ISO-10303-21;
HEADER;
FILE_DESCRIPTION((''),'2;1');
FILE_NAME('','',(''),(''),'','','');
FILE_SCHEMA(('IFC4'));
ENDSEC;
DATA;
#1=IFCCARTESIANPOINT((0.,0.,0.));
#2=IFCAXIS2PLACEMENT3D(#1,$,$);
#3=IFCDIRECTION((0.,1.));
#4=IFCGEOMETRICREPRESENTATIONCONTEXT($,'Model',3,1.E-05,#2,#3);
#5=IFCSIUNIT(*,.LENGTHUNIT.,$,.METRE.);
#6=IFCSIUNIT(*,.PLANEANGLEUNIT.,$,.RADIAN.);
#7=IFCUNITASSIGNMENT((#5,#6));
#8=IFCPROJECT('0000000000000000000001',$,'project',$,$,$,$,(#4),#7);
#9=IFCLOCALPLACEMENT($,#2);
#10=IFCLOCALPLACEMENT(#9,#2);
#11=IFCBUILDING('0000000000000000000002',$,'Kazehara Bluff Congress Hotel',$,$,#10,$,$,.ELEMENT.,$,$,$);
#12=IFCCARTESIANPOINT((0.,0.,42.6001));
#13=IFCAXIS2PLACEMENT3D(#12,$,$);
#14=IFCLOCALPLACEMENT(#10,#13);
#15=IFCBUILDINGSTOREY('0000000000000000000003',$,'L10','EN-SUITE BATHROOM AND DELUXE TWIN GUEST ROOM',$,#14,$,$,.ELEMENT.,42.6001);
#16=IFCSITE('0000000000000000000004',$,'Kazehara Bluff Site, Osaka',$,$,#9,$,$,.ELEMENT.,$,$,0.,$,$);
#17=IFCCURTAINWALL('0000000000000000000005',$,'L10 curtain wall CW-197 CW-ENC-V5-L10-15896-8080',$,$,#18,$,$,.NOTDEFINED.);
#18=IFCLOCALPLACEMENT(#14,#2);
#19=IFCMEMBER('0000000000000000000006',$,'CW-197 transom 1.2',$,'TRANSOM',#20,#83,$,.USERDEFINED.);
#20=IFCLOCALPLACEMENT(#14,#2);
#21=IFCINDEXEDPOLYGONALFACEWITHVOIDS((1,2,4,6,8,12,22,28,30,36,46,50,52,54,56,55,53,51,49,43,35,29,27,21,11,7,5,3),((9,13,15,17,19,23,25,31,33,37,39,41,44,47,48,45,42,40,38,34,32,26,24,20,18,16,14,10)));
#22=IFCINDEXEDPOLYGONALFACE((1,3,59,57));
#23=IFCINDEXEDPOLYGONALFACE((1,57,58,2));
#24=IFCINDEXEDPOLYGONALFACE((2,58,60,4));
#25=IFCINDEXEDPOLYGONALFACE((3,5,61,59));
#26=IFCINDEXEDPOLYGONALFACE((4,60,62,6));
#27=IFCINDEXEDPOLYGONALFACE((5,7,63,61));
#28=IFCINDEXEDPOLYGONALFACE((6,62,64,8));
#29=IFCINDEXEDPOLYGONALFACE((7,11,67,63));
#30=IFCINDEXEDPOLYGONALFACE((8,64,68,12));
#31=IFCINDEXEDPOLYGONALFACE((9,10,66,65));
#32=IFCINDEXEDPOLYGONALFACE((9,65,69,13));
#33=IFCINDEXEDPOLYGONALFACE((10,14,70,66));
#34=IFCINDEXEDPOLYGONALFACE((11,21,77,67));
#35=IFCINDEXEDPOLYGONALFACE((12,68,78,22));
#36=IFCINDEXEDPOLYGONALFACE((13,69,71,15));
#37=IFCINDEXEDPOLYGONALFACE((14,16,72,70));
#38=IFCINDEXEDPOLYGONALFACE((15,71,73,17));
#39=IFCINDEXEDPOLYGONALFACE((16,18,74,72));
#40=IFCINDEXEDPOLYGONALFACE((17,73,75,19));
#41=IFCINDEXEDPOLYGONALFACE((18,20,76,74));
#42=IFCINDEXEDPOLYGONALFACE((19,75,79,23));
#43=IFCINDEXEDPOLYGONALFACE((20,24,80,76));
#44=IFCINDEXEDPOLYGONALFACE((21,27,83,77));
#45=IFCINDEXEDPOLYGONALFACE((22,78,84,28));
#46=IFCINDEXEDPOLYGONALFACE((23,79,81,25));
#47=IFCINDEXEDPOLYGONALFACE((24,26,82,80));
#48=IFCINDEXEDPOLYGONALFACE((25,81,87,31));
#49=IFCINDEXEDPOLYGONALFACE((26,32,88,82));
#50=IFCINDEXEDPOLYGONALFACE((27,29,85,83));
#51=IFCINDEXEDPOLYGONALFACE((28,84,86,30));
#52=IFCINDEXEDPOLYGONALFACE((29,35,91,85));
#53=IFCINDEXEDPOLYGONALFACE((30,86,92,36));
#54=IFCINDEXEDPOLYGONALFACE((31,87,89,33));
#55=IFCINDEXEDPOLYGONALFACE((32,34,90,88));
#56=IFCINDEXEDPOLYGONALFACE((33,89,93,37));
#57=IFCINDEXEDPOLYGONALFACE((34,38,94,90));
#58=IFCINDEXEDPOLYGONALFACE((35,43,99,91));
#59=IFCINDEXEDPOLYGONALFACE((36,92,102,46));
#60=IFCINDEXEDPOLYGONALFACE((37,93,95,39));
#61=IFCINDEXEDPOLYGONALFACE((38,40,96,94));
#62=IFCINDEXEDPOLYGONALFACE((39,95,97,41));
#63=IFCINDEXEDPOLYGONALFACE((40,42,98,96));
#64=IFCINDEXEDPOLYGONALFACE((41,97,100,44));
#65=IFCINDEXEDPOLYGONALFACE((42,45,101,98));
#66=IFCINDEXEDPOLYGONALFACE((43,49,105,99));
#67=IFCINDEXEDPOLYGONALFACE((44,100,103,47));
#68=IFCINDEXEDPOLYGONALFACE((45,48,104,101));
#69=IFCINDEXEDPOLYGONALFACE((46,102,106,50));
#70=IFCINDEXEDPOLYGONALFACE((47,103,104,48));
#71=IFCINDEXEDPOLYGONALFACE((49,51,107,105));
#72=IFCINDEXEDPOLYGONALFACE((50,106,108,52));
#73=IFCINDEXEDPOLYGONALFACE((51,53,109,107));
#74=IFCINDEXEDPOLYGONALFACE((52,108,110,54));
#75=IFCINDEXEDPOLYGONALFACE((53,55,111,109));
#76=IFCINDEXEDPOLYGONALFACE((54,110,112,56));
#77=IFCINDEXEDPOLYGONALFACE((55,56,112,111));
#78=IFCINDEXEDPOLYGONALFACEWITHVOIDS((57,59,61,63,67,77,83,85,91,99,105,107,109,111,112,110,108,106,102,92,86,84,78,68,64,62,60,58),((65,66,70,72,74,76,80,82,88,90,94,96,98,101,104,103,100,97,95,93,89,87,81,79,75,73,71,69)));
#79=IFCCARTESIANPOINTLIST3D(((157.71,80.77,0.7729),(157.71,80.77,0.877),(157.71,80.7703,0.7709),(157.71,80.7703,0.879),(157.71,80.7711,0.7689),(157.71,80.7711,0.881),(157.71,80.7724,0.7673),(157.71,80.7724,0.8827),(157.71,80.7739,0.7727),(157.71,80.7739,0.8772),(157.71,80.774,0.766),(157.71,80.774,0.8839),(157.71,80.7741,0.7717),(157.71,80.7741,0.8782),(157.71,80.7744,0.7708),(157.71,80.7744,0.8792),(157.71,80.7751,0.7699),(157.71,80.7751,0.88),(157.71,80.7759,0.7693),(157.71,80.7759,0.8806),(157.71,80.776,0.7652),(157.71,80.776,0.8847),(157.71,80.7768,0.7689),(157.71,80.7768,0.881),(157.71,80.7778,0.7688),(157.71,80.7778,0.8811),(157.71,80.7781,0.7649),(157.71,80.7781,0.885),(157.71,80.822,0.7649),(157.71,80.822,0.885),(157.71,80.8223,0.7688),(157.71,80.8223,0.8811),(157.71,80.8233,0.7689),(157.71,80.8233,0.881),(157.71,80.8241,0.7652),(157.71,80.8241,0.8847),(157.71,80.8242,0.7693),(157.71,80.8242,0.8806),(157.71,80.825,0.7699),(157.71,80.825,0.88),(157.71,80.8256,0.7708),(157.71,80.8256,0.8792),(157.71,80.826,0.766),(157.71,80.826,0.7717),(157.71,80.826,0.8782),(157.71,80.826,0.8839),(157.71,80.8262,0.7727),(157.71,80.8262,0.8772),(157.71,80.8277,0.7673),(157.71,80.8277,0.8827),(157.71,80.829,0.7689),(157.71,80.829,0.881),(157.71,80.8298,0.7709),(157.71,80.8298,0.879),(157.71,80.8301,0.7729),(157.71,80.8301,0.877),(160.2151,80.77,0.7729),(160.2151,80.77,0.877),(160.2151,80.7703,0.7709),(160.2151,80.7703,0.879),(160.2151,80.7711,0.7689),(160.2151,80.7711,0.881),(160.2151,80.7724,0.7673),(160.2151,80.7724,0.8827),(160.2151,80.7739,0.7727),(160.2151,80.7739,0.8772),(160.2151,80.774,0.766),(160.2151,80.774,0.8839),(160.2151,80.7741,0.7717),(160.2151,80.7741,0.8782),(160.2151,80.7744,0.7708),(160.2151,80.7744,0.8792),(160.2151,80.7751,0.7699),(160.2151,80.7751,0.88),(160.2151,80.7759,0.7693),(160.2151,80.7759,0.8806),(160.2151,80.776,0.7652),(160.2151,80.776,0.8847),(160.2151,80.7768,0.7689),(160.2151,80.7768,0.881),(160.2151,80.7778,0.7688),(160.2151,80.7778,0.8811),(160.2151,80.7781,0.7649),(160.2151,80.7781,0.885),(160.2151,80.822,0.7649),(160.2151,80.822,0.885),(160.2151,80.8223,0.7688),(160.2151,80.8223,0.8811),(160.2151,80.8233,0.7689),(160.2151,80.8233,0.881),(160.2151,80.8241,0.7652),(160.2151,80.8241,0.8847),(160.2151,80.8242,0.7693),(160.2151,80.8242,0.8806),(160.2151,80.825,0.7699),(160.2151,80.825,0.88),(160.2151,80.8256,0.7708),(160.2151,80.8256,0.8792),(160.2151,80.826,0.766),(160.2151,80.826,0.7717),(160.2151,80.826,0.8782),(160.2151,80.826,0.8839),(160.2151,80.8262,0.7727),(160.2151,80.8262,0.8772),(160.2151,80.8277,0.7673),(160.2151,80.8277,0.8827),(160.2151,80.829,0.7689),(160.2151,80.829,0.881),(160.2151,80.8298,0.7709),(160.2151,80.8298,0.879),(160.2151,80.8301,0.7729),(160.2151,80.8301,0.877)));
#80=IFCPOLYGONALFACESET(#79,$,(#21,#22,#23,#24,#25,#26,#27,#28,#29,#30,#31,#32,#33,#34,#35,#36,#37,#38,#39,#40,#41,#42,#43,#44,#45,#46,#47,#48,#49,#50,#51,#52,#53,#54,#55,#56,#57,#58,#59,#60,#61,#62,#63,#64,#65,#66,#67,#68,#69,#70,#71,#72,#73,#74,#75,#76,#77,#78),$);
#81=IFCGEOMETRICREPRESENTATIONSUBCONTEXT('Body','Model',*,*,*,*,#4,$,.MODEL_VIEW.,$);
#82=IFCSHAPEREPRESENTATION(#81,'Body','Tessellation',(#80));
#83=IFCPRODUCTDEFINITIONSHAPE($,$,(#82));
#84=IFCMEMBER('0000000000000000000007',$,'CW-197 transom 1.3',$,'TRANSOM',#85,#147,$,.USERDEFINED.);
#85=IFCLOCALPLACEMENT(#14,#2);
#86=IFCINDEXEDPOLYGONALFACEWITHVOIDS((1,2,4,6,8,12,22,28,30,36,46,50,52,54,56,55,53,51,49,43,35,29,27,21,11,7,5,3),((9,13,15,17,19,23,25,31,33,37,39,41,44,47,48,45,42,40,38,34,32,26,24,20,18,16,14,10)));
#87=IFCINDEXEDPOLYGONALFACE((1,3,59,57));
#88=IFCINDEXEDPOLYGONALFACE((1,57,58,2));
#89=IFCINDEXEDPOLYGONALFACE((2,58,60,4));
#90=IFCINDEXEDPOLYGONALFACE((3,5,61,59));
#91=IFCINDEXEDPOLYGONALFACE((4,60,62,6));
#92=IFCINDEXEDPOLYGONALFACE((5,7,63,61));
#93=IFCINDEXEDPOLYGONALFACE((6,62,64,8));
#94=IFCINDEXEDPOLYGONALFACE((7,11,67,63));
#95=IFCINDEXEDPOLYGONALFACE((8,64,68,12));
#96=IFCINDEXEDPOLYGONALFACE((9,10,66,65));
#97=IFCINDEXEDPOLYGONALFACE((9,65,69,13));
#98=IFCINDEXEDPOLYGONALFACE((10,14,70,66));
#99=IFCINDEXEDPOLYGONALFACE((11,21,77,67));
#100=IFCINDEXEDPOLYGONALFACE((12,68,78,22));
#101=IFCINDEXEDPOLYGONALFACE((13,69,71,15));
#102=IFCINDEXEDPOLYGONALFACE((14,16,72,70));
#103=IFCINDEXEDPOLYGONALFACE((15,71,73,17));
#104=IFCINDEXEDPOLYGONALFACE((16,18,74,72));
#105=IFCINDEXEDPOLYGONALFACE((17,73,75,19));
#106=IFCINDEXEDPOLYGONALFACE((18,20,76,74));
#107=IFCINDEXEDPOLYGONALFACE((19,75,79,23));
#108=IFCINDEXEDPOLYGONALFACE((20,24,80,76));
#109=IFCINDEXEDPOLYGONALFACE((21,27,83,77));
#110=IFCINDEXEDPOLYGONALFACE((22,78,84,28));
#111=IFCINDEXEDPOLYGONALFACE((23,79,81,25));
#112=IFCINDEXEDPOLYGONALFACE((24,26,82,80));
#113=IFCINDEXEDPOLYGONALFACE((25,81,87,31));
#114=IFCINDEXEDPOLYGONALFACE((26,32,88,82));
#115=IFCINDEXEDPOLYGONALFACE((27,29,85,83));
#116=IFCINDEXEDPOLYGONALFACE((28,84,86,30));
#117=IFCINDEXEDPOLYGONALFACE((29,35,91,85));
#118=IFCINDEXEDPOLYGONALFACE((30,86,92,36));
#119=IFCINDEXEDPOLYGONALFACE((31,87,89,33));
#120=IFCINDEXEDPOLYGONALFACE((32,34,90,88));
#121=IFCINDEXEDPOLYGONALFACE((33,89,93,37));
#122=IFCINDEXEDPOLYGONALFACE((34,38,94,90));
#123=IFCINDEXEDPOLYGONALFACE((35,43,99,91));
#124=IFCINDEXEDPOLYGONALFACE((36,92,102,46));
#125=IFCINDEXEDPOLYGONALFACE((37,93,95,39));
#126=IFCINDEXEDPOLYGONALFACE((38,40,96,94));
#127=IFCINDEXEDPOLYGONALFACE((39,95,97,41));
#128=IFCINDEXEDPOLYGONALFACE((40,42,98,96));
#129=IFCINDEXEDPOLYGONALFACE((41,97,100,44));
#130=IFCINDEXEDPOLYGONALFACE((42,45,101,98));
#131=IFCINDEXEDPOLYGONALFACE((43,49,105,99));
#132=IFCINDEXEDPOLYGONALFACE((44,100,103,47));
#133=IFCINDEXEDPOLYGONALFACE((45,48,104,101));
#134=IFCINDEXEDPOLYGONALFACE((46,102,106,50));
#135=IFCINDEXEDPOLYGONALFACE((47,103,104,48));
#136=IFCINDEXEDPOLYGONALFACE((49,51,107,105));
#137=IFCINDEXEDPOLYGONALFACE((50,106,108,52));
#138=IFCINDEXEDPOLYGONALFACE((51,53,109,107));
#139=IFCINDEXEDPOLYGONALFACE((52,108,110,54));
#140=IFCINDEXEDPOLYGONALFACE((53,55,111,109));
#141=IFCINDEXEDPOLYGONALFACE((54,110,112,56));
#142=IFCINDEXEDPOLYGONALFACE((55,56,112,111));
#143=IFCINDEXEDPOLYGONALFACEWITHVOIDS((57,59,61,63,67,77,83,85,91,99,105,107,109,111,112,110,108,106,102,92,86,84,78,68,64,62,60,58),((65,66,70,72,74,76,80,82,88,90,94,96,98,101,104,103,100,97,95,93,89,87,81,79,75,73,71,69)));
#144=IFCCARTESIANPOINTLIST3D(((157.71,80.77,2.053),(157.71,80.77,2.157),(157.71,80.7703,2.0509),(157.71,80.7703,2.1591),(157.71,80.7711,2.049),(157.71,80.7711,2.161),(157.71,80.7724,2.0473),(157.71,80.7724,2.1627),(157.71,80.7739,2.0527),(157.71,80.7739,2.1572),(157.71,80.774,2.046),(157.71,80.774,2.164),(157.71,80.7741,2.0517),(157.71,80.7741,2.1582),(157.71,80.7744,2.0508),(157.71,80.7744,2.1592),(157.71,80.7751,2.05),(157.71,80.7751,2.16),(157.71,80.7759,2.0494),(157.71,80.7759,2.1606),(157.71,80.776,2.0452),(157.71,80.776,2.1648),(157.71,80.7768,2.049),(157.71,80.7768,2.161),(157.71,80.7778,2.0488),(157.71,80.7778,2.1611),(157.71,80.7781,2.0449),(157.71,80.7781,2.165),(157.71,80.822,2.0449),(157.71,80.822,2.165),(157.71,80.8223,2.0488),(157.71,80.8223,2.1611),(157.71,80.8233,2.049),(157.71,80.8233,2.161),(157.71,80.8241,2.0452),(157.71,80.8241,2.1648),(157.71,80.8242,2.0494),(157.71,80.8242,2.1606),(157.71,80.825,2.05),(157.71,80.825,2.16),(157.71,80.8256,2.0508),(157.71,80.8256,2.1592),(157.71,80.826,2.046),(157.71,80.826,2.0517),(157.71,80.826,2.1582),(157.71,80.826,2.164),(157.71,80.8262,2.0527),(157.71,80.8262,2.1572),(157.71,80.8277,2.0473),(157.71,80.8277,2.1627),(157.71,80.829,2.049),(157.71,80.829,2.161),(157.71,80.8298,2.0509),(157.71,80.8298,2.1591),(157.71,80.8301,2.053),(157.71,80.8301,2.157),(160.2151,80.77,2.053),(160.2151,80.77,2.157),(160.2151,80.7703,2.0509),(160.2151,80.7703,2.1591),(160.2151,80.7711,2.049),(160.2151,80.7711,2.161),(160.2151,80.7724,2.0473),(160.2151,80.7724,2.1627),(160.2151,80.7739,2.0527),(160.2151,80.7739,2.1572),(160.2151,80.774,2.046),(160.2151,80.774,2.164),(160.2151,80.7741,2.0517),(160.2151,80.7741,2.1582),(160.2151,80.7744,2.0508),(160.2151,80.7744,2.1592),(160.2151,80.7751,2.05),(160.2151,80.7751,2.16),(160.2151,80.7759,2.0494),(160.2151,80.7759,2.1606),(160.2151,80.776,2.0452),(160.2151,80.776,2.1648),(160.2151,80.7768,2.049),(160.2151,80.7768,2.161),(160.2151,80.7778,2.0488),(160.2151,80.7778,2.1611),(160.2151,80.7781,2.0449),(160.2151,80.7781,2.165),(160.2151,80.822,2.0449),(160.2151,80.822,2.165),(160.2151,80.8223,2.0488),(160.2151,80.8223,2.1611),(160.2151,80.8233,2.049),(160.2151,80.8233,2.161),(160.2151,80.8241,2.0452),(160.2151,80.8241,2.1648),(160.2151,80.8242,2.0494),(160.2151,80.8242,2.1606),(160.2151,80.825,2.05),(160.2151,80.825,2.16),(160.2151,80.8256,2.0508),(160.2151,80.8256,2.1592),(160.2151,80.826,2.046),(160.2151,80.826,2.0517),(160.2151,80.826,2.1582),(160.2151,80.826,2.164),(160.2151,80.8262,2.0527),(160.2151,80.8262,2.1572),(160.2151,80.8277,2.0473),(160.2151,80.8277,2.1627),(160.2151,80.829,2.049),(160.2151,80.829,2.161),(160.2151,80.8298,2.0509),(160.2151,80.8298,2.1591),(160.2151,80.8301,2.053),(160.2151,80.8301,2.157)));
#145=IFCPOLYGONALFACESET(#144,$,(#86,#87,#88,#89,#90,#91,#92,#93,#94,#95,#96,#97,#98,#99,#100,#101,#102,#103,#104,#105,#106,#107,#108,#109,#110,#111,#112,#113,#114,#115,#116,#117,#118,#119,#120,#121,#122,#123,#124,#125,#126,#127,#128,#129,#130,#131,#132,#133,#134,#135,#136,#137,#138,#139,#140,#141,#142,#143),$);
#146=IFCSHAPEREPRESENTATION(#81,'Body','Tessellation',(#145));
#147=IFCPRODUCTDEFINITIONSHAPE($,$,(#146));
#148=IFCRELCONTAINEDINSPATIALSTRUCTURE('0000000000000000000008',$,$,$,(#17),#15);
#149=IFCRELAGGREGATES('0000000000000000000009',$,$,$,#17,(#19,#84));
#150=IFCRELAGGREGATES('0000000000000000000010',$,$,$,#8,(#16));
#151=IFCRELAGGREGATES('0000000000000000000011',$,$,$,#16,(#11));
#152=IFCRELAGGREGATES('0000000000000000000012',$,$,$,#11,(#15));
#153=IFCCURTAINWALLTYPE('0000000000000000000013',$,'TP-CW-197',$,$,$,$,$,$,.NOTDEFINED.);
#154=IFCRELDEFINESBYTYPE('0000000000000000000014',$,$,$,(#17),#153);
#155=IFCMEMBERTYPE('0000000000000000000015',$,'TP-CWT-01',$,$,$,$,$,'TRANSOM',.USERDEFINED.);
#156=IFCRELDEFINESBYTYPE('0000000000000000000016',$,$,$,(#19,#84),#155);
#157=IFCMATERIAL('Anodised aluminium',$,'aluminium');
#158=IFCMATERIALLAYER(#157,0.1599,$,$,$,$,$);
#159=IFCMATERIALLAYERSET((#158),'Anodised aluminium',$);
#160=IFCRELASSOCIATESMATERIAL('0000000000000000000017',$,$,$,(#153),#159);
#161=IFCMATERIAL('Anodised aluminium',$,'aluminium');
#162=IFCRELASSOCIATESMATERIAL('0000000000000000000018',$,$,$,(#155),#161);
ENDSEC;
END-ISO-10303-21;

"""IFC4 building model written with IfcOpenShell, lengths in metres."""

from ifc_helpers import new_model, si_unit, direction, frame, origin, origin_2d, place, context, subcontext, project, spatial, hollow_rectangle, extrude, material, layer, layer_set, material_profile, profile_set, type_object, element, aggregate, save


model = new_model("IFC4")

# Units and contexts
model_context = context("Model", 3, precision=1e-05, world=origin(), true_north=direction((0.0, 1.0)))
body_context = subcontext(model_context, "Body", "Model", "MODEL_VIEW")
ifc_project = project(units=[si_unit("LENGTHUNIT", "METRE"), si_unit("PLANEANGLEUNIT", "RADIAN")], contexts=[model_context])

# Site, building, storey
site_placement = place(None, origin())
site = spatial("IfcSite", under=ifc_project, at=site_placement, Name="Kazehara Bluff Site, Osaka", CompositionType="ELEMENT", RefElevation=0.0)
building_placement = place(site_placement, origin())
building = spatial("IfcBuilding", under=site, at=building_placement, Name="Kazehara Bluff Congress Hotel", CompositionType="ELEMENT")
storey_placement = place(building_placement, frame((0.0, 0.0, 42.6001)))
storey = spatial("IfcBuildingStorey", under=building, at=storey_placement, Name="L10", Description="EN-SUITE BATHROOM AND DELUXE TWIN GUEST ROOM", CompositionType="ELEMENT", Elevation=42.6001)

# Curtain wall
ifc_material_1 = material(Name="Anodised aluminium", Category="aluminium")
ifc_layer_1 = layer(ifc_material_1, 0.1599)
ifc_layer_set_1 = layer_set([ifc_layer_1], Name="Anodised aluminium")
curtain_wall_type_1 = type_object("IfcCurtainWallType", Name="TP-CW-197", PredefinedType="NOTDEFINED", material=ifc_layer_set_1)
curtain_wall_1_placement = place(storey_placement, origin())
curtain_wall_1 = element("IfcCurtainWall", 1, at=curtain_wall_1_placement, inside=storey, type_object=curtain_wall_type_1, Name="L10 curtain wall CW-197 CW-ENC-V5-L10-15896-8080", PredefinedType="NOTDEFINED")

# Members
ifc_material_2 = material(Name="Anodised aluminium", Category="aluminium")
ifc_material_profile_1 = material_profile(ifc_material_2, hollow_rectangle(XDim=0.0601, YDim=0.1201, WallThickness=0.0039, InnerFilletRadius=0.0039, OuterFilletRadius=0.0081, at=origin_2d()))
ifc_profile_set_1 = profile_set([ifc_material_profile_1], Name="Anodised aluminium")
member_type_1 = type_object("IfcMemberType", Name="TP-CWT-01", ElementType="TRANSOM", PredefinedType="USERDEFINED", material=ifc_profile_set_1)
member_1_placement = place(storey_placement, frame((157.71, 80.8, 0.825), z_axis=(1.0, 0.0, 0.0), x_axis=(0.0, 1.0, 0.0)))
member_1 = element("IfcMember", 2, at=member_1_placement, type_object=member_type_1, Name="CW-197 transom 1.2", ObjectType="TRANSOM", PredefinedType="USERDEFINED", context=body_context, shape_type="SweptSolid", body=[
    extrude(hollow_rectangle(XDim=0.0601, YDim=0.1201, WallThickness=0.0039, InnerFilletRadius=0.0039, OuterFilletRadius=0.0081, at=origin_2d()), origin(), (0.0, 0.0, 1.0), 2.5051),
])
member_2_placement = place(storey_placement, frame((157.71, 80.8, 2.105), z_axis=(1.0, 0.0, 0.0), x_axis=(0.0, 1.0, 0.0)))
member_2 = element("IfcMember", 3, at=member_2_placement, type_object=member_type_1, Name="CW-197 transom 1.3", ObjectType="TRANSOM", PredefinedType="USERDEFINED", context=body_context, shape_type="SweptSolid", body=[
    extrude(hollow_rectangle(XDim=0.0601, YDim=0.1201, WallThickness=0.0039, InnerFilletRadius=0.0039, OuterFilletRadius=0.0081, at=origin_2d()), origin(), (0.0, 0.0, 1.0), 2.5051),
])

aggregate(curtain_wall_1, [member_1, member_2])

save(model, "model.ifc")
